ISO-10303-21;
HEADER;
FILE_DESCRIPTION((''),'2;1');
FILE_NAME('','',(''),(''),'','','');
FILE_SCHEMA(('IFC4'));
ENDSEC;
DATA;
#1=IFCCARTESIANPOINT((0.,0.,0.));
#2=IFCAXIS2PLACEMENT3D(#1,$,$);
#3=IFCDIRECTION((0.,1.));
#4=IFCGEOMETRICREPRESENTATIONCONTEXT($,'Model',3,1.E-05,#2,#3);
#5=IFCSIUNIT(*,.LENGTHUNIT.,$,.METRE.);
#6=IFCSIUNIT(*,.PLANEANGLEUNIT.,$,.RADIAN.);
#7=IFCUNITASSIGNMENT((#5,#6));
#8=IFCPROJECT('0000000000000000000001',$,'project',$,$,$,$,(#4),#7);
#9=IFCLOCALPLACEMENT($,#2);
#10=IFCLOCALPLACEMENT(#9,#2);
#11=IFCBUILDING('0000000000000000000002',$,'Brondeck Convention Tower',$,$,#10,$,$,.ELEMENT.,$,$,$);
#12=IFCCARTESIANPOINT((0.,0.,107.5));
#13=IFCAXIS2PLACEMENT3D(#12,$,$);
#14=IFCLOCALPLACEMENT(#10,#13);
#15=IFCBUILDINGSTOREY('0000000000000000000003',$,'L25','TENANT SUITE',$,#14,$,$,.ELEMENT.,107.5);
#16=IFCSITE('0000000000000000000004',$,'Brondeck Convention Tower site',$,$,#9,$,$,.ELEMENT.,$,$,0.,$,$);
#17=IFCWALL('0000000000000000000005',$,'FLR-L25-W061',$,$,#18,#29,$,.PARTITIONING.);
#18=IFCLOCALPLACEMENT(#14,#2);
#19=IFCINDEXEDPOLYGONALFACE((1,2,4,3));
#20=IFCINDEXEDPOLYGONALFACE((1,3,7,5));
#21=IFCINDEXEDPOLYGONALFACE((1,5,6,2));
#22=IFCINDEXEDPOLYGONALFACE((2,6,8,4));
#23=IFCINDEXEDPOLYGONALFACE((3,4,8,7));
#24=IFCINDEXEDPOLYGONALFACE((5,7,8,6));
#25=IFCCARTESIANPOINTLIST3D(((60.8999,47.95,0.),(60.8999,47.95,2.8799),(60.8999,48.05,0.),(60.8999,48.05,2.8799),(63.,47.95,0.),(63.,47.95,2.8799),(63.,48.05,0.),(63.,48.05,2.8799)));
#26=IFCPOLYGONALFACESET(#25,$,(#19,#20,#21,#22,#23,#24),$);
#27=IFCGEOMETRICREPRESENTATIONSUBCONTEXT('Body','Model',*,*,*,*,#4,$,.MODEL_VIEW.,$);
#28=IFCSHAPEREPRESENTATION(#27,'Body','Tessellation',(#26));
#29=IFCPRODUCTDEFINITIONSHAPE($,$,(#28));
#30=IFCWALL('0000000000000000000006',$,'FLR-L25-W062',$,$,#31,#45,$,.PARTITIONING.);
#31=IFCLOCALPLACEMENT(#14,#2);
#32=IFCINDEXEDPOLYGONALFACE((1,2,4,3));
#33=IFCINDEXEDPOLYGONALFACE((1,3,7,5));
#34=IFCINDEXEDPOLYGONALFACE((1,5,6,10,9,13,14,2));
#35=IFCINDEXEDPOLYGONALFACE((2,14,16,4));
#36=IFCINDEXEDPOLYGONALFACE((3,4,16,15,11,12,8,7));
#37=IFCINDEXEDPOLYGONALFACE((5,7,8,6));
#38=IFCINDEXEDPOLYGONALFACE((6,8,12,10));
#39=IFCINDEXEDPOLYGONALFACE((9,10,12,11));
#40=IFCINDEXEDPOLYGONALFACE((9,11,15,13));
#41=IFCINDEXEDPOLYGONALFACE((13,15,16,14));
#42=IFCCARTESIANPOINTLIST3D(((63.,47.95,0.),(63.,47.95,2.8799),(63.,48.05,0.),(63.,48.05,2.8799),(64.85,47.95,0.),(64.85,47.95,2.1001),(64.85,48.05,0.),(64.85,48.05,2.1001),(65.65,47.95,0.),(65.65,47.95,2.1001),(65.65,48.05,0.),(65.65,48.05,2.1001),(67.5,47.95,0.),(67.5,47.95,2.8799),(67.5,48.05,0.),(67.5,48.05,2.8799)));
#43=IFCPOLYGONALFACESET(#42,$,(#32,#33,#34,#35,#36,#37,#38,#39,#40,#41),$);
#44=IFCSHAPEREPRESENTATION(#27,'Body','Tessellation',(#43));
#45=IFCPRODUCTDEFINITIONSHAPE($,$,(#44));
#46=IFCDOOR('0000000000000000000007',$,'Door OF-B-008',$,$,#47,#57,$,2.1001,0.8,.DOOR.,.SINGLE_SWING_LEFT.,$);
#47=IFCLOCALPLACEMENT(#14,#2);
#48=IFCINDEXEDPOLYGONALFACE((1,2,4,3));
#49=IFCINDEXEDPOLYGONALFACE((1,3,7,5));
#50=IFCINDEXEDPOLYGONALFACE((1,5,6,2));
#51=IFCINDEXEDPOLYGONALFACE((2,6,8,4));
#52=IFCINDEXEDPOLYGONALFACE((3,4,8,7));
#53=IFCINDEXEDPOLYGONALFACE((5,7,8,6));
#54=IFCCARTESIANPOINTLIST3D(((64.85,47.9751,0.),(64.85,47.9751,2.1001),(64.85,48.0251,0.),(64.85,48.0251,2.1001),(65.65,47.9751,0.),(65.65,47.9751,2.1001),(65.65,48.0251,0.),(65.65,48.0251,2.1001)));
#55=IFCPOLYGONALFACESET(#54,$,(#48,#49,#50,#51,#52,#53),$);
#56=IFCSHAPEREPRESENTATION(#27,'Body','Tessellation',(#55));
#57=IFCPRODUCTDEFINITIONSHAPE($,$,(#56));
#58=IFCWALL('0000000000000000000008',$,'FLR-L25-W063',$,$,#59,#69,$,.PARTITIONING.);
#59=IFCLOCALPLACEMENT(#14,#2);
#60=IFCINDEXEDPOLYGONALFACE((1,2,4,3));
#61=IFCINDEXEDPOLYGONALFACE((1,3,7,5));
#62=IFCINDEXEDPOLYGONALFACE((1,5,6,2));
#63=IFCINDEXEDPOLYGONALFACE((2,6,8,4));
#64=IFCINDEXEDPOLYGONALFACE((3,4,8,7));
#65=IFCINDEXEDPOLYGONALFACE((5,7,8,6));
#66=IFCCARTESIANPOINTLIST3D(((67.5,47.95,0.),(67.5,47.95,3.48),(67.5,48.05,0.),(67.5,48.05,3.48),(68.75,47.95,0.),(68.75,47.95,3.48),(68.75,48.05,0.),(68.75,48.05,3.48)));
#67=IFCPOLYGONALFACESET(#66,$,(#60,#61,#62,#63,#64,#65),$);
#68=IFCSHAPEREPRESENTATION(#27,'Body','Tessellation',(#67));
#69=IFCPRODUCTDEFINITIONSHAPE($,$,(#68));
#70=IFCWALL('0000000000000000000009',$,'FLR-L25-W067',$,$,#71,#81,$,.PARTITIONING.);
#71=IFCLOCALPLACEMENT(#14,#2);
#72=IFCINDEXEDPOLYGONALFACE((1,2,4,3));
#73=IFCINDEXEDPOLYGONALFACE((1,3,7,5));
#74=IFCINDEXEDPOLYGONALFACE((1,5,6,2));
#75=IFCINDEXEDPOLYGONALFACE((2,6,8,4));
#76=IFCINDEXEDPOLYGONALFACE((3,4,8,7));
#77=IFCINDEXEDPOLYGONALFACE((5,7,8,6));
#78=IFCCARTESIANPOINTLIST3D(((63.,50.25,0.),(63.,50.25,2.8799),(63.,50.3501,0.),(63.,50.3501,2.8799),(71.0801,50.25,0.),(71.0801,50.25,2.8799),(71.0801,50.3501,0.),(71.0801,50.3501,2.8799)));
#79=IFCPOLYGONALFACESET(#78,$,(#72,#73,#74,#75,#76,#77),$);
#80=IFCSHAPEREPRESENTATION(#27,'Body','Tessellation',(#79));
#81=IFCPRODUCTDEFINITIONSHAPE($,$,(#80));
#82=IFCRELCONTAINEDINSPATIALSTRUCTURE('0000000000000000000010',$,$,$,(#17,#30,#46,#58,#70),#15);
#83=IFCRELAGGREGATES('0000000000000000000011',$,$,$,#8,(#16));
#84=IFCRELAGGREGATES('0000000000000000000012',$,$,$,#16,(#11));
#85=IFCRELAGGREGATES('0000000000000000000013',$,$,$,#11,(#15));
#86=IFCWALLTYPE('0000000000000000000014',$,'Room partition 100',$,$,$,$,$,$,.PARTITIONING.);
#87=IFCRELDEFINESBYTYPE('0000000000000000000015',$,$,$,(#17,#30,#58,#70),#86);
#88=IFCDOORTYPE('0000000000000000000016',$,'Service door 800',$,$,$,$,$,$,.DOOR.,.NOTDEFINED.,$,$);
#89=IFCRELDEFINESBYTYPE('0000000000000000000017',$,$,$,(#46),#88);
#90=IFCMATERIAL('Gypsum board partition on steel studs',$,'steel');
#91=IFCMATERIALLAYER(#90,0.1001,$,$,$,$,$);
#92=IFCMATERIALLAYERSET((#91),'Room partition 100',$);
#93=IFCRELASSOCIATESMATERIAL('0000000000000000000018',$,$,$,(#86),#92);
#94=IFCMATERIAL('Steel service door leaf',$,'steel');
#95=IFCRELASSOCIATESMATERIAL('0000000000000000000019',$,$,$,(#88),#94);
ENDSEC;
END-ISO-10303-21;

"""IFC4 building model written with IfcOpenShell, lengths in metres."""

from ifc_helpers import new_model, si_unit, direction, frame, frame_2d, origin, place, context, subcontext, project, spatial, rectangle, extrude, material, layer, layer_set, type_object, element, fill, save


model = new_model("IFC4")

# Units and contexts
model_context = context("Model", 3, precision=1e-05, world=origin(), true_north=direction((0.0, 1.0)))
body_context = subcontext(model_context, "Body", "Model", "MODEL_VIEW")
ifc_project = project(units=[si_unit("LENGTHUNIT", "METRE"), si_unit("PLANEANGLEUNIT", "RADIAN")], contexts=[model_context])

# Site, building, storey
site_placement = place(None, origin())
site = spatial("IfcSite", under=ifc_project, at=site_placement, Name="Brondeck Convention Tower site", CompositionType="ELEMENT", RefElevation=0.0)
building_placement = place(site_placement, origin())
building = spatial("IfcBuilding", under=site, at=building_placement, Name="Brondeck Convention Tower", CompositionType="ELEMENT")
storey_placement = place(building_placement, frame((0.0, 0.0, 107.5)))
storey = spatial("IfcBuildingStorey", under=building, at=storey_placement, Name="L25", Description="TENANT SUITE", CompositionType="ELEMENT", Elevation=107.5)

# Wall
ifc_material_1 = material(Name="Gypsum board partition on steel studs", Category="steel")
ifc_layer = layer(ifc_material_1, 0.1001)
ifc_layer_set = layer_set([ifc_layer], Name="Room partition 100")
wall_type = type_object("IfcWallType", Name="Room partition 100", PredefinedType="PARTITIONING", material=ifc_layer_set)
wall_1_placement = place(storey_placement, frame((63.0, 48.0, 0.0), z_axis=(0.0, 0.0, 1.0), x_axis=(-1.0, 0.0, 0.0)))
element("IfcWall", 1, at=wall_1_placement, inside=storey, type_object=wall_type, Name="FLR-L25-W061", PredefinedType="PARTITIONING", context=body_context, shape_type="SweptSolid", body=[
    extrude(rectangle(XDim=2.1001, YDim=0.1001, at=frame_2d((1.05, 0.0))), origin(), (0.0, 0.0, 1.0), 2.8799),
])

# Wall, opening, door
wall_2_placement = place(storey_placement, frame((67.5, 48.0, 0.0), z_axis=(0.0, 0.0, 1.0), x_axis=(-1.0, 0.0, 0.0)))
wall_2 = element("IfcWall", 2, at=wall_2_placement, inside=storey, type_object=wall_type, Name="FLR-L25-W062", PredefinedType="PARTITIONING", context=body_context, shape_type="SweptSolid", body=[
    extrude(rectangle(XDim=4.5, YDim=0.1001, at=frame_2d((2.25, 0.0))), origin(), (0.0, 0.0, 1.0), 2.8799),
])
opening_placement = place(wall_2_placement, frame((1.8501, 0.0, 0.0)))
opening = element("IfcOpeningElement", 3, at=opening_placement, cuts=wall_2, PredefinedType="OPENING", context=body_context, shape_type="SweptSolid", body=[
    extrude(rectangle(XDim=0.8, YDim=2.1001, at=frame_2d((0.3999, 1.05))), frame((0.0, 0.0601, 0.0), z_axis=(0.0, -1.0, 0.0), x_axis=(1.0, 0.0, 0.0)), (0.0, 0.0, 1.0), 0.1201),
])
ifc_material_2 = material(Name="Steel service door leaf", Category="steel")
door_type = type_object("IfcDoorType", Name="Service door 800", OperationType="NOTDEFINED", PredefinedType="DOOR", material=ifc_material_2)
door_placement = place(opening_placement, origin())
door = element("IfcDoor", 4, at=door_placement, inside=storey, type_object=door_type, Name="Door OF-B-008", OperationType="SINGLE_SWING_LEFT", OverallHeight=2.1001, OverallWidth=0.8, PredefinedType="DOOR", context=body_context, shape_type="SweptSolid", body=[
    extrude(rectangle(XDim=0.8, YDim=2.1001, at=frame_2d((0.3999, 1.05))), frame((0.0, 0.0249, 0.0), z_axis=(0.0, -1.0, 0.0), x_axis=(1.0, 0.0, 0.0)), (0.0, 0.0, 1.0), 0.05),
])
fill(opening, door)

# Walls
wall_3_placement = place(storey_placement, frame((68.75, 48.0, 0.0), z_axis=(0.0, 0.0, 1.0), x_axis=(-1.0, 0.0, 0.0)))
element("IfcWall", 5, at=wall_3_placement, inside=storey, type_object=wall_type, Name="FLR-L25-W063", PredefinedType="PARTITIONING", context=body_context, shape_type="SweptSolid", body=[
    extrude(rectangle(XDim=1.25, YDim=0.1001, at=frame_2d((0.625, 0.0))), origin(), (0.0, 0.0, 1.0), 3.48),
])
wall_4_placement = place(storey_placement, frame((63.0, 50.3, 0.0), z_axis=(0.0, 0.0, 1.0), x_axis=(1.0, 0.0, 0.0)))
element("IfcWall", 6, at=wall_4_placement, inside=storey, type_object=wall_type, Name="FLR-L25-W067", PredefinedType="PARTITIONING", context=body_context, shape_type="SweptSolid", body=[
    extrude(rectangle(XDim=8.0801, YDim=0.1001, at=frame_2d((4.04, 0.0))), origin(), (0.0, 0.0, 1.0), 2.8799),
])

save(model, "model.ifc")
